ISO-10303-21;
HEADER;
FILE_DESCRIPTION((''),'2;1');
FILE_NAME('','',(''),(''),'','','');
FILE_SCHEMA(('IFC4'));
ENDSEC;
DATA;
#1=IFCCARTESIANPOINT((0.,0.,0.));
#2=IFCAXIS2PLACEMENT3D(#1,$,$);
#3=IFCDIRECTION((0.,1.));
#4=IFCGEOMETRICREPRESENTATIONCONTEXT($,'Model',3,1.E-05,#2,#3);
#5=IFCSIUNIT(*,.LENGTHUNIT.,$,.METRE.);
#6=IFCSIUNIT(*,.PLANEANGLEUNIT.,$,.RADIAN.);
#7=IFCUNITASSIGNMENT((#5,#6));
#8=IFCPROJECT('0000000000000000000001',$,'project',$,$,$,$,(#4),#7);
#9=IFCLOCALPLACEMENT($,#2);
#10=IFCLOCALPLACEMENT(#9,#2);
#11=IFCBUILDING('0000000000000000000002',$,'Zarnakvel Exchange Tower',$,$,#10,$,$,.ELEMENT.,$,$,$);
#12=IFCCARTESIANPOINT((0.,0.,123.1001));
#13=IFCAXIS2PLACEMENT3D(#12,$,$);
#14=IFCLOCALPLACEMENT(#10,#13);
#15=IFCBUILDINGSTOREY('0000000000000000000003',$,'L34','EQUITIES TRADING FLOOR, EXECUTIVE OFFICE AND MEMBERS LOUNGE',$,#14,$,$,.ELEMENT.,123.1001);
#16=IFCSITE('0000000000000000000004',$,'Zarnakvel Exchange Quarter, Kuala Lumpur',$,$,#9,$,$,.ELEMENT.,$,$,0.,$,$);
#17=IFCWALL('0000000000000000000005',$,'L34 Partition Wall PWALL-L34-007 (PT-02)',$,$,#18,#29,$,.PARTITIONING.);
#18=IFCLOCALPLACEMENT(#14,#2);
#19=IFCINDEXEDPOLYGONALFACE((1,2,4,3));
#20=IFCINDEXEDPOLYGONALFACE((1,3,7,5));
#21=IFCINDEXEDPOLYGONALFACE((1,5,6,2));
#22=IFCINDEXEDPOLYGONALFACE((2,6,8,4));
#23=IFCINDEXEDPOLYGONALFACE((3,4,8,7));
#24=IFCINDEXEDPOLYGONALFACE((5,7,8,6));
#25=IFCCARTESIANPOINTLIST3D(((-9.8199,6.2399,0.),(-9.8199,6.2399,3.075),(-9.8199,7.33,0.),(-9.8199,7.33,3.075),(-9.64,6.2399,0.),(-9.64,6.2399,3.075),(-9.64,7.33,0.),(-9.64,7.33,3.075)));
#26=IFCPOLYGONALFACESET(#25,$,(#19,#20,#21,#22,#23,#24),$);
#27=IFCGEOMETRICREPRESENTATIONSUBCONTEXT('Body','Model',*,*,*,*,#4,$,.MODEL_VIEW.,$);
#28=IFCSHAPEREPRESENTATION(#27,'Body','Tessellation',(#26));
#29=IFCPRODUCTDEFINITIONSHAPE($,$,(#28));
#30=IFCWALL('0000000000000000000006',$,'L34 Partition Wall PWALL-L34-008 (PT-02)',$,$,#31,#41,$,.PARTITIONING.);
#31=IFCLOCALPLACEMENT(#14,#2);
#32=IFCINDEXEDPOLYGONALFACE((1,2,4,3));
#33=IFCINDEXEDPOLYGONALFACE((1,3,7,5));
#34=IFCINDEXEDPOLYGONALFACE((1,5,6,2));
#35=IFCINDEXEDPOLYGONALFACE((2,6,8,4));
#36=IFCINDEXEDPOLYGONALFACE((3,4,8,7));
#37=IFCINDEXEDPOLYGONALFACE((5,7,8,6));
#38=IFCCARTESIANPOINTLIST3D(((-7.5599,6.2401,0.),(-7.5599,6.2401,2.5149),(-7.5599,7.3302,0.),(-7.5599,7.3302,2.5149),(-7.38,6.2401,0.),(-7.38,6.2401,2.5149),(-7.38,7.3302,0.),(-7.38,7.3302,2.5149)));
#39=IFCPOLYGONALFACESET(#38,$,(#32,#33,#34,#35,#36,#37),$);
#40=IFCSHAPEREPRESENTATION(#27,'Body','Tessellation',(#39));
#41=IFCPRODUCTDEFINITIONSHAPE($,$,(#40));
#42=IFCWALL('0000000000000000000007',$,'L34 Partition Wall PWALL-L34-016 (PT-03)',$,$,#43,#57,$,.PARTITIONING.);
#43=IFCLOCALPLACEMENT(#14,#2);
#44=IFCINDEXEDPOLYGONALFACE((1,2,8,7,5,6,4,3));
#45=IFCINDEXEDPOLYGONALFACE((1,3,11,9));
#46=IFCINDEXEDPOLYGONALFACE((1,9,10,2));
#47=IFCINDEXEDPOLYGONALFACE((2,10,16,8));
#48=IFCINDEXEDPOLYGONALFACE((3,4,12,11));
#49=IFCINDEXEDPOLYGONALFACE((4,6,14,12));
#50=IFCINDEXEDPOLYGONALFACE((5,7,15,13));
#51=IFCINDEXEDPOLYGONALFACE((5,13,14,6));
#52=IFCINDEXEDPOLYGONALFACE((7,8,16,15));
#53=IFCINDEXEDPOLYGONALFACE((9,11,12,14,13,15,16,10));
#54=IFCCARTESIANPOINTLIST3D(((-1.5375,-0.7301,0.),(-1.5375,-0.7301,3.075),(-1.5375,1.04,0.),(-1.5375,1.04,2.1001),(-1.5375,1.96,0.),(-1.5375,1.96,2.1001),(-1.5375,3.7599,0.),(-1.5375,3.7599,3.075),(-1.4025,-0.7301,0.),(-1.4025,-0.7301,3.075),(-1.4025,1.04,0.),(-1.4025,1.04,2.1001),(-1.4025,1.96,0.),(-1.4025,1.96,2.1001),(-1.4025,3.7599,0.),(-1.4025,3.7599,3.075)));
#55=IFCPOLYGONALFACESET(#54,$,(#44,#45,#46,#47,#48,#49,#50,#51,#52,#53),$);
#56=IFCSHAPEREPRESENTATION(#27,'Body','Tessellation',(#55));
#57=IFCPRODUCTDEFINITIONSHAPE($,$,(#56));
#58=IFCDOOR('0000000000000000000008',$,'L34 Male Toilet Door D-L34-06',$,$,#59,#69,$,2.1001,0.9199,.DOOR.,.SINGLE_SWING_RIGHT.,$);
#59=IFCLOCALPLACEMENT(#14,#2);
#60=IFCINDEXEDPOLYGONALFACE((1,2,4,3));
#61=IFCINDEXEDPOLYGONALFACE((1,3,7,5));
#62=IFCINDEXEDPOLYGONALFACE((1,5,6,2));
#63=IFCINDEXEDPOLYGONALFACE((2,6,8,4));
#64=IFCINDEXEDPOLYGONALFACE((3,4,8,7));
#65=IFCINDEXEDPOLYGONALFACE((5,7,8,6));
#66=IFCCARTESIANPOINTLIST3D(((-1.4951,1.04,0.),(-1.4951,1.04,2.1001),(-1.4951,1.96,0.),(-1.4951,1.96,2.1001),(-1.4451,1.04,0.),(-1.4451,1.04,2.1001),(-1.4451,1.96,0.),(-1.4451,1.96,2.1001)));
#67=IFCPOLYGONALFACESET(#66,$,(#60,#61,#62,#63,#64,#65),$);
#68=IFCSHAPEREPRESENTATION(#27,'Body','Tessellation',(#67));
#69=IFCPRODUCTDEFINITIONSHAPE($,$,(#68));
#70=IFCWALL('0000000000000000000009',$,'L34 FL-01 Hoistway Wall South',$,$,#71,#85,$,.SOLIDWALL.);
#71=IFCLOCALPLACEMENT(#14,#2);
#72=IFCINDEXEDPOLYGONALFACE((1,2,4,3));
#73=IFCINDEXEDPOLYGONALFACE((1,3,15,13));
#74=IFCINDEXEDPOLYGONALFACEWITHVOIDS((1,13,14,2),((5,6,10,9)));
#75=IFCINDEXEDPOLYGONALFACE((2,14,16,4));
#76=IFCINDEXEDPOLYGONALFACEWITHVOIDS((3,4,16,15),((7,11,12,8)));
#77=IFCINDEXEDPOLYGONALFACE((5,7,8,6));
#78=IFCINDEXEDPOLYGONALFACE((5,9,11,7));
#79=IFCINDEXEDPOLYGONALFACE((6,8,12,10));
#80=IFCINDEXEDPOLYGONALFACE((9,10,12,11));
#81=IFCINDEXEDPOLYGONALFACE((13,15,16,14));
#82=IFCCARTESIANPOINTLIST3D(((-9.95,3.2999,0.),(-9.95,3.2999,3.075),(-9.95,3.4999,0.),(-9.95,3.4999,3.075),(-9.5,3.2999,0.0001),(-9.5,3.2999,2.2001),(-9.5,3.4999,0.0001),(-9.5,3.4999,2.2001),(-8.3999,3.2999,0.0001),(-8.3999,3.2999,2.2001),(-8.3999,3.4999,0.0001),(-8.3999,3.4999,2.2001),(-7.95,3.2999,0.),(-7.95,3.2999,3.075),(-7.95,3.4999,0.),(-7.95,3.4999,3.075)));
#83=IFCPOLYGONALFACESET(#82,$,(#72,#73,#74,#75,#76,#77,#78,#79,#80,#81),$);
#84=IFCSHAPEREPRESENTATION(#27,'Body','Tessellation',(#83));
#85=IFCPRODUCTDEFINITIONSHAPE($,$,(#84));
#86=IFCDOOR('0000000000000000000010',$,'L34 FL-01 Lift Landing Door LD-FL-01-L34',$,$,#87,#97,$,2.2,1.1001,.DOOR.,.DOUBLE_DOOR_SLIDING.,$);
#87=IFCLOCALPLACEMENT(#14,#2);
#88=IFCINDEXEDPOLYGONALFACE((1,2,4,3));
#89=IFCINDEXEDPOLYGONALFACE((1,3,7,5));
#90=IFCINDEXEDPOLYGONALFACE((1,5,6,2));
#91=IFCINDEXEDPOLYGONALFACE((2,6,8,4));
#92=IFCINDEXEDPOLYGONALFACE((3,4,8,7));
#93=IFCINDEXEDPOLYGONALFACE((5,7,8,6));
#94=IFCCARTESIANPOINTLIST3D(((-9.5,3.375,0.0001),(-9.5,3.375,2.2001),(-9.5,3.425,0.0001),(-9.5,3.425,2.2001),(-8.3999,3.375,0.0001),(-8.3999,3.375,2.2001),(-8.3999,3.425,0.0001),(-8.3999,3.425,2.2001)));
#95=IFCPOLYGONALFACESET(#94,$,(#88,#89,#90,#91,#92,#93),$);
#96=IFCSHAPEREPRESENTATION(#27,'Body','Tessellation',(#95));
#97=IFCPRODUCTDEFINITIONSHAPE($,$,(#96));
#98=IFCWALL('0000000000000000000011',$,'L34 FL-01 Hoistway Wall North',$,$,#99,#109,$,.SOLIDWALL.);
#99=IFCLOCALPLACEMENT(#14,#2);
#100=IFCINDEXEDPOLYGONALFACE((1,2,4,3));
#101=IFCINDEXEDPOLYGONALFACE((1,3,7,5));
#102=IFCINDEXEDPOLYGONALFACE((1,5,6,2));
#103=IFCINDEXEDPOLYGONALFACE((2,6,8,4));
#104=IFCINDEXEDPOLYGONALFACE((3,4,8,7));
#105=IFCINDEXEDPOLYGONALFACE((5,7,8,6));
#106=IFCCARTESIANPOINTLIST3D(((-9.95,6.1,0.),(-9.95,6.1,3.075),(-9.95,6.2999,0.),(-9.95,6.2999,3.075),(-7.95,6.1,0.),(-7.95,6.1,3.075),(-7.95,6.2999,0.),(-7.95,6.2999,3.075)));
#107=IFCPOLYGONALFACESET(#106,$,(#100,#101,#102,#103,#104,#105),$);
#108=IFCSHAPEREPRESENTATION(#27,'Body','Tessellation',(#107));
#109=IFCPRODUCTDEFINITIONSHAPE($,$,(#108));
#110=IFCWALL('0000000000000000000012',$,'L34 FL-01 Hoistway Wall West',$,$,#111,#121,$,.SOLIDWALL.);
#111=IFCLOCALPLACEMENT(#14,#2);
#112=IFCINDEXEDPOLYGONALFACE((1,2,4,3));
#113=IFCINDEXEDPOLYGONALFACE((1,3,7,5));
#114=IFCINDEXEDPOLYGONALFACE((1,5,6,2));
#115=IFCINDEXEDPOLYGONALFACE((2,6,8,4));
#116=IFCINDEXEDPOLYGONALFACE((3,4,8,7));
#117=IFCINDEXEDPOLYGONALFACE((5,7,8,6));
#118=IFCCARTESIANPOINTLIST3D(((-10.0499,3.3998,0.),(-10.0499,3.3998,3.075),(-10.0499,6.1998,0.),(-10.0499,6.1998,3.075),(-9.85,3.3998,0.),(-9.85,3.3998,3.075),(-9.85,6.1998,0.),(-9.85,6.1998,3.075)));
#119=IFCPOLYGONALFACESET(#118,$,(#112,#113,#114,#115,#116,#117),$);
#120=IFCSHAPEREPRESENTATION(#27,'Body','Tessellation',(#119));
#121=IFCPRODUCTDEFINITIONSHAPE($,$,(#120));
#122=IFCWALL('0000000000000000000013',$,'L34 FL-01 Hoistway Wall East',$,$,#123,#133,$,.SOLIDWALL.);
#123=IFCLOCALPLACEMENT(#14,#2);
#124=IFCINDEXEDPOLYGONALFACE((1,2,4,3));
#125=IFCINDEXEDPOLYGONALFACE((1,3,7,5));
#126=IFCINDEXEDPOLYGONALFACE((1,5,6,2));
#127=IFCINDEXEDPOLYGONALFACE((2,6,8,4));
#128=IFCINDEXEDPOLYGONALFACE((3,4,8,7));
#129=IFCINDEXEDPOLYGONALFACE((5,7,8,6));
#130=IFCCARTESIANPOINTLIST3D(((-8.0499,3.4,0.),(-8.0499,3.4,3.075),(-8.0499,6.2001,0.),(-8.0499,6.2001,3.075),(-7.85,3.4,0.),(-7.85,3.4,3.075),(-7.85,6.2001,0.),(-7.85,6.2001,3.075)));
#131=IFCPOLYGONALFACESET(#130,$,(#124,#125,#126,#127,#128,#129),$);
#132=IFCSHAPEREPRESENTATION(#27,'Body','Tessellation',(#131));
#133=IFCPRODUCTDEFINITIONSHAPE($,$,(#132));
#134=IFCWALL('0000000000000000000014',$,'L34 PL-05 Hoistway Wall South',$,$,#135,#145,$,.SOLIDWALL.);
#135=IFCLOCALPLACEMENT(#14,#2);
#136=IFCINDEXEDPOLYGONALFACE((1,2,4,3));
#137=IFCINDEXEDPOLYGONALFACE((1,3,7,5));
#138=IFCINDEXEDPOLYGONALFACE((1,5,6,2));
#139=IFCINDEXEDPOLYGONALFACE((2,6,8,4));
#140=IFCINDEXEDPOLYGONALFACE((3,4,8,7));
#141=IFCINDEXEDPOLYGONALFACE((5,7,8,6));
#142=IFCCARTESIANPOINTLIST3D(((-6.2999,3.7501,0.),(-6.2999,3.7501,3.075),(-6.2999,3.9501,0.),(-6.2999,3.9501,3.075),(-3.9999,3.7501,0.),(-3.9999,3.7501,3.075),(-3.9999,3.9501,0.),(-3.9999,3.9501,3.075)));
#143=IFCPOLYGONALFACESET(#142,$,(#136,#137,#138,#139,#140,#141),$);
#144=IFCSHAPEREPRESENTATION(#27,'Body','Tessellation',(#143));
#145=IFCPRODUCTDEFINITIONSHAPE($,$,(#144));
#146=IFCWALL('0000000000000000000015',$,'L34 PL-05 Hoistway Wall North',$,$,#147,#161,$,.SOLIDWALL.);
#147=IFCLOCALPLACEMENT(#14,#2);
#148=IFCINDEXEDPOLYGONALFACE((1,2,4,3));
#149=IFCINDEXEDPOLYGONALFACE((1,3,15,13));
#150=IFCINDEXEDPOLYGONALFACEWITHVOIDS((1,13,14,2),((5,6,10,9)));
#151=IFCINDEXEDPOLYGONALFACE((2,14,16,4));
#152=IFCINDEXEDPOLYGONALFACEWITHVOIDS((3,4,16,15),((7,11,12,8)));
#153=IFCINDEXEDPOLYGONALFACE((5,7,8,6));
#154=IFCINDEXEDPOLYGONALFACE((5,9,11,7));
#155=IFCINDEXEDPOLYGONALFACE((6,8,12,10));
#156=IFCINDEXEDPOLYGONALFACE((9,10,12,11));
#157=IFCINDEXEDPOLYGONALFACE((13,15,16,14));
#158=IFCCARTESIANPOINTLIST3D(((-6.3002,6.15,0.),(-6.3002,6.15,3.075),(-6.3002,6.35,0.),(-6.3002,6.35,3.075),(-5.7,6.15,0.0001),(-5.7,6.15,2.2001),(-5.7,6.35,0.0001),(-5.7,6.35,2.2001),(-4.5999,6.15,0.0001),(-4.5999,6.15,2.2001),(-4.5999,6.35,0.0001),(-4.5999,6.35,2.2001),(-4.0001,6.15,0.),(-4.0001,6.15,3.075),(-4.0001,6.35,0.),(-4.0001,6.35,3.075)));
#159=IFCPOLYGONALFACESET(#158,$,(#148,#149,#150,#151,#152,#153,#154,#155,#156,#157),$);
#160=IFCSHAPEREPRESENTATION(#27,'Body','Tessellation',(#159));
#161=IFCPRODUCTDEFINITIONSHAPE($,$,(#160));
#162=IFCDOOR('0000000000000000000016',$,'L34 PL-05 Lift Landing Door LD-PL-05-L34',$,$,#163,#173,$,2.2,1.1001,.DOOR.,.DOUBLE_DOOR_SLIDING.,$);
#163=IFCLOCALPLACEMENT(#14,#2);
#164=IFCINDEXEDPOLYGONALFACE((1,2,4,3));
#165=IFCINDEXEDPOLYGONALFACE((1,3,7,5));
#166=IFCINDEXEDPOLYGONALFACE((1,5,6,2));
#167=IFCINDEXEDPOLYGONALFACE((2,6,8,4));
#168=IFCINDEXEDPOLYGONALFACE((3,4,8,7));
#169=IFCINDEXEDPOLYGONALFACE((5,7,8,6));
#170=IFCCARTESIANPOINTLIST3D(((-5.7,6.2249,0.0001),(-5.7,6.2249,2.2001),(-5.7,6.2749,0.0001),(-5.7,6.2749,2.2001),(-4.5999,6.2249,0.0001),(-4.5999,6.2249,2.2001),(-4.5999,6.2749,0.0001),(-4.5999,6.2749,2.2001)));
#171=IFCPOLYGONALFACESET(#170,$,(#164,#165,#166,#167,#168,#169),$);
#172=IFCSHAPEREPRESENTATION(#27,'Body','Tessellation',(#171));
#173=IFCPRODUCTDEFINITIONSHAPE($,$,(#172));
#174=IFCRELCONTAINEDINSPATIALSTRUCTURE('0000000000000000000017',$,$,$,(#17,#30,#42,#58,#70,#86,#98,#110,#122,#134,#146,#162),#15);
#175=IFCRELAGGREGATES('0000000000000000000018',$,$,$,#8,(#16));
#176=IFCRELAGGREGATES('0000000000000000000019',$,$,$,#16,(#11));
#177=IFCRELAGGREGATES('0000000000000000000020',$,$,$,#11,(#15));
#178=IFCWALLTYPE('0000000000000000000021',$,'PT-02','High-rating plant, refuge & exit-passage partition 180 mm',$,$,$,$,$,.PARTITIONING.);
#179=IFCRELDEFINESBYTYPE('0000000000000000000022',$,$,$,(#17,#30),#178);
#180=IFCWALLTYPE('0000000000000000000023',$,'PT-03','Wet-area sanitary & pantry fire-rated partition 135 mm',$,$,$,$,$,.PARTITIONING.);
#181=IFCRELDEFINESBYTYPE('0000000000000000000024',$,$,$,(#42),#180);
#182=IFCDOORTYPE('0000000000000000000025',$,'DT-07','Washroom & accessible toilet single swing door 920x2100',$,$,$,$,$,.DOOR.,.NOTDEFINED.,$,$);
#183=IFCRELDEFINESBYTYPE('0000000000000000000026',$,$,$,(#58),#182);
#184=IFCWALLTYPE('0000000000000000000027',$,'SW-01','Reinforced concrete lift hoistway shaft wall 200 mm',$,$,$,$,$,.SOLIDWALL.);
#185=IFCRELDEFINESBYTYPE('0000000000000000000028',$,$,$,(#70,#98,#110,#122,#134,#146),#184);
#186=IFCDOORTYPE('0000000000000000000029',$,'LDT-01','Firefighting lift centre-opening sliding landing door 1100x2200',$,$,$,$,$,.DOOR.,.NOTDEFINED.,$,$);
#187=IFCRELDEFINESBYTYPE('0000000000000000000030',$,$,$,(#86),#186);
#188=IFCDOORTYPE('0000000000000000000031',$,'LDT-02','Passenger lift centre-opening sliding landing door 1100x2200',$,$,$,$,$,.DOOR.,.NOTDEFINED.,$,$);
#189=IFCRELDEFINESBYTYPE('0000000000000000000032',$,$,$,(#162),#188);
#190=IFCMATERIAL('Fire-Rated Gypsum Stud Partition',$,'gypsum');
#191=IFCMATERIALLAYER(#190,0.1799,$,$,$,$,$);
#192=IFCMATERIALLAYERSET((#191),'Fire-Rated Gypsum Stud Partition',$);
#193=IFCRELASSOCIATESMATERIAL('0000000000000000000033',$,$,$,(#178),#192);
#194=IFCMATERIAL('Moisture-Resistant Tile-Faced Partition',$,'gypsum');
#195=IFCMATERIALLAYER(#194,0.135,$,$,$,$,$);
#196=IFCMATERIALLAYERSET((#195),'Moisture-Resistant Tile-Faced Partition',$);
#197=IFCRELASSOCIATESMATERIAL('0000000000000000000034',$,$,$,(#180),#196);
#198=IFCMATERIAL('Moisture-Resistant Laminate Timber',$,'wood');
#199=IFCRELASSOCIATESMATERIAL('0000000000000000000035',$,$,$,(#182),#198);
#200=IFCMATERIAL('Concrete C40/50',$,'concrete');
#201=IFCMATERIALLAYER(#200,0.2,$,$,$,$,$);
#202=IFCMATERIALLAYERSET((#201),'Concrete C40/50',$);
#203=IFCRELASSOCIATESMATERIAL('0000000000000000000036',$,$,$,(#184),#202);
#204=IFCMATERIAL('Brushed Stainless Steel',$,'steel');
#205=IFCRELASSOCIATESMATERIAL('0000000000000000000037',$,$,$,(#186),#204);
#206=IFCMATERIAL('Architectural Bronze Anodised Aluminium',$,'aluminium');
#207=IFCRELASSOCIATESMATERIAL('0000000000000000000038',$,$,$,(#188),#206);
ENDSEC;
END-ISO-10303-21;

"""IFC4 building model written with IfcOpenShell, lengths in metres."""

from ifc_helpers import new_model, si_unit, direction, frame, frame_2d, origin, place, context, subcontext, project, spatial, rectangle, extrude, source, transform, mapped, material, layer, layer_set, type_object, element, fill, save


model = new_model("IFC4")

# Units and contexts
model_context = context("Model", 3, precision=1e-05, world=origin(), true_north=direction((0.0, 1.0)))
body_context = subcontext(model_context, "Body", "Model", "MODEL_VIEW")
ifc_project = project(units=[si_unit("LENGTHUNIT", "METRE"), si_unit("PLANEANGLEUNIT", "RADIAN")], contexts=[model_context])

# Site, building, storey
site_placement = place(None, origin())
site = spatial("IfcSite", under=ifc_project, at=site_placement, Name="Zarnakvel Exchange Quarter, Kuala Lumpur", CompositionType="ELEMENT", RefElevation=0.0)
building_placement = place(site_placement, origin())
building = spatial("IfcBuilding", under=site, at=building_placement, Name="Zarnakvel Exchange Tower", CompositionType="ELEMENT")
storey_placement = place(building_placement, frame((0.0, 0.0, 123.1001)))
storey = spatial("IfcBuildingStorey", under=building, at=storey_placement, Name="L34", Description="EQUITIES TRADING FLOOR, EXECUTIVE OFFICE AND MEMBERS LOUNGE", CompositionType="ELEMENT", Elevation=123.1001)

# Walls
ifc_material_1 = material(Name="Fire-Rated Gypsum Stud Partition", Category="gypsum")
ifc_layer_1 = layer(ifc_material_1, 0.1799)
ifc_layer_set_1 = layer_set([ifc_layer_1], Name="Fire-Rated Gypsum Stud Partition")
wall_type_1 = type_object("IfcWallType", Name="PT-02", Description="High-rating plant, refuge & exit-passage partition 180 mm", PredefinedType="PARTITIONING", material=ifc_layer_set_1)
wall_1_placement = place(storey_placement, frame((-9.73, 6.24, 0.0), z_axis=(0.0, 0.0, 1.0), x_axis=(0.0, 1.0, 0.0)))
element("IfcWall", 1, at=wall_1_placement, inside=storey, type_object=wall_type_1, Name="L34 Partition Wall PWALL-L34-007 (PT-02)", PredefinedType="PARTITIONING", context=body_context, shape_type="SweptSolid", body=[
    extrude(rectangle(XDim=1.0901, YDim=0.1799, at=frame_2d((0.5449, 0.0))), origin(), (0.0, 0.0, 1.0), 3.075),
])
wall_2_placement = place(storey_placement, frame((-7.47, 7.3301, 0.0), z_axis=(0.0, 0.0, 1.0), x_axis=(0.0, -1.0, 0.0)))
element("IfcWall", 2, at=wall_2_placement, inside=storey, type_object=wall_type_1, Name="L34 Partition Wall PWALL-L34-008 (PT-02)", PredefinedType="PARTITIONING", context=body_context, shape_type="SweptSolid", body=[
    extrude(rectangle(XDim=1.0901, YDim=0.1799, at=frame_2d((0.5449, 0.0))), origin(), (0.0, 0.0, 1.0), 2.5149),
])

# Walls, openings, doors
ifc_material_2 = material(Name="Moisture-Resistant Tile-Faced Partition", Category="gypsum")
ifc_layer_2 = layer(ifc_material_2, 0.135)
ifc_layer_set_2 = layer_set([ifc_layer_2], Name="Moisture-Resistant Tile-Faced Partition")
wall_type_2 = type_object("IfcWallType", Name="PT-03", Description="Wet-area sanitary & pantry fire-rated partition 135 mm", PredefinedType="PARTITIONING", material=ifc_layer_set_2)
wall_3_placement = place(storey_placement, frame((-1.47, 3.76, 0.0), z_axis=(0.0, 0.0, 1.0), x_axis=(0.0, -1.0, 0.0)))
wall_3 = element("IfcWall", 3, at=wall_3_placement, inside=storey, type_object=wall_type_2, Name="L34 Partition Wall PWALL-L34-016 (PT-03)", PredefinedType="PARTITIONING", context=body_context, shape_type="SweptSolid", body=[
    extrude(rectangle(XDim=4.49, YDim=0.135, at=frame_2d((2.2451, 0.0))), origin(), (0.0, 0.0, 1.0), 3.075),
])
opening_1_placement = place(wall_3_placement, frame((1.8, 0.0, 0.0)))
opening_1 = element("IfcOpeningElement", 4, at=opening_1_placement, cuts=wall_3, PredefinedType="OPENING", context=body_context, shape_type="SweptSolid", body=[
    extrude(rectangle(XDim=0.9199, YDim=2.1001, at=frame_2d((0.46, 1.05))), frame((0.0, 0.0774, 0.0), z_axis=(0.0, -1.0, 0.0), x_axis=(1.0, 0.0, 0.0)), (0.0, 0.0, 1.0), 0.155),
])
ifc_material_3 = material(Name="Moisture-Resistant Laminate Timber", Category="wood")
door_type_1 = type_object("IfcDoorType", Name="DT-07", Description="Washroom & accessible toilet single swing door 920x2100", OperationType="NOTDEFINED", PredefinedType="DOOR", material=ifc_material_3)
shared_shape_1 = source(origin(), body_context, "Body", "SweptSolid", [
    extrude(rectangle(XDim=0.9199, YDim=2.1001, at=frame_2d((0.46, 1.05))), frame((0.0, 0.0249, 0.0), z_axis=(0.0, -1.0, 0.0), x_axis=(1.0, 0.0, 0.0)), (0.0, 0.0, 1.0), 0.05),
])
door_1_placement = place(opening_1_placement, origin())
door_1 = element("IfcDoor", 5, at=door_1_placement, inside=storey, type_object=door_type_1, Name="L34 Male Toilet Door D-L34-06", OperationType="SINGLE_SWING_RIGHT", OverallHeight=2.1001, OverallWidth=0.9199, PredefinedType="DOOR", context=body_context, shape_type="MappedRepresentation", body=[
    mapped(shared_shape_1, transform((0.0, 0.0, 0.0), x_axis=(1.0, 0.0, 0.0), y_axis=(0.0, 1.0, 0.0), z_axis=(0.0, 0.0, 1.0), scale=1.0)),
])
fill(opening_1, door_1)
ifc_material_4 = material(Name="Concrete C40/50", Category="concrete")
ifc_layer_3 = layer(ifc_material_4, 0.2)
ifc_layer_set_3 = layer_set([ifc_layer_3], Name="Concrete C40/50")
wall_type_3 = type_object("IfcWallType", Name="SW-01", Description="Reinforced concrete lift hoistway shaft wall 200 mm", PredefinedType="SOLIDWALL", material=ifc_layer_set_3)
wall_4_placement = place(storey_placement, frame((-7.95, 3.3999, 0.0), z_axis=(0.0, 0.0, 1.0), x_axis=(-1.0, 0.0, 0.0)))
wall_4 = element("IfcWall", 6, at=wall_4_placement, inside=storey, type_object=wall_type_3, Name="L34 FL-01 Hoistway Wall South", PredefinedType="SOLIDWALL", context=body_context, shape_type="SweptSolid", body=[
    extrude(rectangle(XDim=2.0, YDim=0.2, at=frame_2d((1.0, 0.0))), origin(), (0.0, 0.0, 1.0), 3.075),
])
opening_2_placement = place(wall_4_placement, frame((0.45, 0.0, 0.0)))
opening_2 = element("IfcOpeningElement", 7, at=opening_2_placement, cuts=wall_4, PredefinedType="OPENING", context=body_context, shape_type="SweptSolid", body=[
    extrude(rectangle(XDim=1.1001, YDim=2.2, at=frame_2d((0.55, 1.1001))), frame((0.0, 0.1099, 0.0), z_axis=(0.0, -1.0, 0.0), x_axis=(1.0, 0.0, 0.0)), (0.0, 0.0, 1.0), 0.22),
])
ifc_material_5 = material(Name="Brushed Stainless Steel", Category="steel")
door_type_2 = type_object("IfcDoorType", Name="LDT-01", Description="Firefighting lift centre-opening sliding landing door 1100x2200", OperationType="NOTDEFINED", PredefinedType="DOOR", material=ifc_material_5)
shared_shape_2 = source(origin(), body_context, "Body", "SweptSolid", [
    extrude(rectangle(XDim=1.1001, YDim=2.2, at=frame_2d((0.55, 1.1001))), frame((0.0, 0.0249, 0.0), z_axis=(0.0, -1.0, 0.0), x_axis=(1.0, 0.0, 0.0)), (0.0, 0.0, 1.0), 0.05),
])
door_2_placement = place(opening_2_placement, origin())
door_2 = element("IfcDoor", 8, at=door_2_placement, inside=storey, type_object=door_type_2, Name="L34 FL-01 Lift Landing Door LD-FL-01-L34", OperationType="DOUBLE_DOOR_SLIDING", OverallHeight=2.2, OverallWidth=1.1001, PredefinedType="DOOR", context=body_context, shape_type="MappedRepresentation", body=[
    mapped(shared_shape_2, transform((0.0, 0.0, 0.0), x_axis=(1.0, 0.0, 0.0), y_axis=(0.0, 1.0, 0.0), z_axis=(0.0, 0.0, 1.0), scale=1.0)),
])
fill(opening_2, door_2)

# Walls
wall_5_placement = place(storey_placement, frame((-9.95, 6.2, 0.0), z_axis=(0.0, 0.0, 1.0), x_axis=(1.0, 0.0, 0.0)))
element("IfcWall", 9, at=wall_5_placement, inside=storey, type_object=wall_type_3, Name="L34 FL-01 Hoistway Wall North", PredefinedType="SOLIDWALL", context=body_context, shape_type="SweptSolid", body=[
    extrude(rectangle(XDim=2.0, YDim=0.2, at=frame_2d((1.0, 0.0))), origin(), (0.0, 0.0, 1.0), 3.075),
])
for number, where, z_axis, x_axis, name in (
    (10, (-9.95, 3.3999, 0.0), (0.0, 0.0, 1.0), (0.0, 1.0, 0.0), "L34 FL-01 Hoistway Wall West"),
    (11, (-7.95, 6.2, 0.0), (0.0, 0.0, 1.0), (0.0, -1.0, 0.0), "L34 FL-01 Hoistway Wall East"),
):
    element("IfcWall", number, at=place(storey_placement, frame(where, z_axis=z_axis, x_axis=x_axis)), inside=storey, type_object=wall_type_3, Name=name, PredefinedType="SOLIDWALL", context=body_context, shape_type="SweptSolid", body=[
        extrude(rectangle(XDim=2.8, YDim=0.2, at=frame_2d((1.3999, 0.0))), origin(), (0.0, 0.0, 1.0), 3.075),
    ])
wall_6_placement = place(storey_placement, frame((-4.0, 3.8501, 0.0), z_axis=(0.0, 0.0, 1.0), x_axis=(-1.0, 0.0, 0.0)))
element("IfcWall", 12, at=wall_6_placement, inside=storey, type_object=wall_type_3, Name="L34 PL-05 Hoistway Wall South", PredefinedType="SOLIDWALL", context=body_context, shape_type="SweptSolid", body=[
    extrude(rectangle(XDim=2.3, YDim=0.2, at=frame_2d((1.1499, 0.0))), origin(), (0.0, 0.0, 1.0), 3.075),
])

# Wall, opening, door
wall_7_placement = place(storey_placement, frame((-6.3, 6.25, 0.0), z_axis=(0.0, 0.0, 1.0), x_axis=(1.0, 0.0, 0.0)))
wall_7 = element("IfcWall", 13, at=wall_7_placement, inside=storey, type_object=wall_type_3, Name="L34 PL-05 Hoistway Wall North", PredefinedType="SOLIDWALL", context=body_context, shape_type="SweptSolid", body=[
    extrude(rectangle(XDim=2.3, YDim=0.2, at=frame_2d((1.1499, 0.0))), origin(), (0.0, 0.0, 1.0), 3.075),
])
opening_3_placement = place(wall_7_placement, frame((0.6001, 0.0, 0.0)))
opening_3 = element("IfcOpeningElement", 14, at=opening_3_placement, cuts=wall_7, PredefinedType="OPENING", context=body_context, shape_type="SweptSolid", body=[
    extrude(rectangle(XDim=1.1001, YDim=2.2, at=frame_2d((0.55, 1.1001))), frame((0.0, 0.1099, 0.0), z_axis=(0.0, -1.0, 0.0), x_axis=(1.0, 0.0, 0.0)), (0.0, 0.0, 1.0), 0.22),
])
ifc_material_6 = material(Name="Architectural Bronze Anodised Aluminium", Category="aluminium")
door_type_3 = type_object("IfcDoorType", Name="LDT-02", Description="Passenger lift centre-opening sliding landing door 1100x2200", OperationType="NOTDEFINED", PredefinedType="DOOR", material=ifc_material_6)
door_3_placement = place(opening_3_placement, origin())
door_3 = element("IfcDoor", 15, at=door_3_placement, inside=storey, type_object=door_type_3, Name="L34 PL-05 Lift Landing Door LD-PL-05-L34", OperationType="DOUBLE_DOOR_SLIDING", OverallHeight=2.2, OverallWidth=1.1001, PredefinedType="DOOR", context=body_context, shape_type="MappedRepresentation", body=[
    mapped(shared_shape_2, transform((0.0, 0.0, 0.0), x_axis=(1.0, 0.0, 0.0), y_axis=(0.0, 1.0, 0.0), z_axis=(0.0, 0.0, 1.0), scale=1.0)),
])
fill(opening_3, door_3)

save(model, "model.ifc")
